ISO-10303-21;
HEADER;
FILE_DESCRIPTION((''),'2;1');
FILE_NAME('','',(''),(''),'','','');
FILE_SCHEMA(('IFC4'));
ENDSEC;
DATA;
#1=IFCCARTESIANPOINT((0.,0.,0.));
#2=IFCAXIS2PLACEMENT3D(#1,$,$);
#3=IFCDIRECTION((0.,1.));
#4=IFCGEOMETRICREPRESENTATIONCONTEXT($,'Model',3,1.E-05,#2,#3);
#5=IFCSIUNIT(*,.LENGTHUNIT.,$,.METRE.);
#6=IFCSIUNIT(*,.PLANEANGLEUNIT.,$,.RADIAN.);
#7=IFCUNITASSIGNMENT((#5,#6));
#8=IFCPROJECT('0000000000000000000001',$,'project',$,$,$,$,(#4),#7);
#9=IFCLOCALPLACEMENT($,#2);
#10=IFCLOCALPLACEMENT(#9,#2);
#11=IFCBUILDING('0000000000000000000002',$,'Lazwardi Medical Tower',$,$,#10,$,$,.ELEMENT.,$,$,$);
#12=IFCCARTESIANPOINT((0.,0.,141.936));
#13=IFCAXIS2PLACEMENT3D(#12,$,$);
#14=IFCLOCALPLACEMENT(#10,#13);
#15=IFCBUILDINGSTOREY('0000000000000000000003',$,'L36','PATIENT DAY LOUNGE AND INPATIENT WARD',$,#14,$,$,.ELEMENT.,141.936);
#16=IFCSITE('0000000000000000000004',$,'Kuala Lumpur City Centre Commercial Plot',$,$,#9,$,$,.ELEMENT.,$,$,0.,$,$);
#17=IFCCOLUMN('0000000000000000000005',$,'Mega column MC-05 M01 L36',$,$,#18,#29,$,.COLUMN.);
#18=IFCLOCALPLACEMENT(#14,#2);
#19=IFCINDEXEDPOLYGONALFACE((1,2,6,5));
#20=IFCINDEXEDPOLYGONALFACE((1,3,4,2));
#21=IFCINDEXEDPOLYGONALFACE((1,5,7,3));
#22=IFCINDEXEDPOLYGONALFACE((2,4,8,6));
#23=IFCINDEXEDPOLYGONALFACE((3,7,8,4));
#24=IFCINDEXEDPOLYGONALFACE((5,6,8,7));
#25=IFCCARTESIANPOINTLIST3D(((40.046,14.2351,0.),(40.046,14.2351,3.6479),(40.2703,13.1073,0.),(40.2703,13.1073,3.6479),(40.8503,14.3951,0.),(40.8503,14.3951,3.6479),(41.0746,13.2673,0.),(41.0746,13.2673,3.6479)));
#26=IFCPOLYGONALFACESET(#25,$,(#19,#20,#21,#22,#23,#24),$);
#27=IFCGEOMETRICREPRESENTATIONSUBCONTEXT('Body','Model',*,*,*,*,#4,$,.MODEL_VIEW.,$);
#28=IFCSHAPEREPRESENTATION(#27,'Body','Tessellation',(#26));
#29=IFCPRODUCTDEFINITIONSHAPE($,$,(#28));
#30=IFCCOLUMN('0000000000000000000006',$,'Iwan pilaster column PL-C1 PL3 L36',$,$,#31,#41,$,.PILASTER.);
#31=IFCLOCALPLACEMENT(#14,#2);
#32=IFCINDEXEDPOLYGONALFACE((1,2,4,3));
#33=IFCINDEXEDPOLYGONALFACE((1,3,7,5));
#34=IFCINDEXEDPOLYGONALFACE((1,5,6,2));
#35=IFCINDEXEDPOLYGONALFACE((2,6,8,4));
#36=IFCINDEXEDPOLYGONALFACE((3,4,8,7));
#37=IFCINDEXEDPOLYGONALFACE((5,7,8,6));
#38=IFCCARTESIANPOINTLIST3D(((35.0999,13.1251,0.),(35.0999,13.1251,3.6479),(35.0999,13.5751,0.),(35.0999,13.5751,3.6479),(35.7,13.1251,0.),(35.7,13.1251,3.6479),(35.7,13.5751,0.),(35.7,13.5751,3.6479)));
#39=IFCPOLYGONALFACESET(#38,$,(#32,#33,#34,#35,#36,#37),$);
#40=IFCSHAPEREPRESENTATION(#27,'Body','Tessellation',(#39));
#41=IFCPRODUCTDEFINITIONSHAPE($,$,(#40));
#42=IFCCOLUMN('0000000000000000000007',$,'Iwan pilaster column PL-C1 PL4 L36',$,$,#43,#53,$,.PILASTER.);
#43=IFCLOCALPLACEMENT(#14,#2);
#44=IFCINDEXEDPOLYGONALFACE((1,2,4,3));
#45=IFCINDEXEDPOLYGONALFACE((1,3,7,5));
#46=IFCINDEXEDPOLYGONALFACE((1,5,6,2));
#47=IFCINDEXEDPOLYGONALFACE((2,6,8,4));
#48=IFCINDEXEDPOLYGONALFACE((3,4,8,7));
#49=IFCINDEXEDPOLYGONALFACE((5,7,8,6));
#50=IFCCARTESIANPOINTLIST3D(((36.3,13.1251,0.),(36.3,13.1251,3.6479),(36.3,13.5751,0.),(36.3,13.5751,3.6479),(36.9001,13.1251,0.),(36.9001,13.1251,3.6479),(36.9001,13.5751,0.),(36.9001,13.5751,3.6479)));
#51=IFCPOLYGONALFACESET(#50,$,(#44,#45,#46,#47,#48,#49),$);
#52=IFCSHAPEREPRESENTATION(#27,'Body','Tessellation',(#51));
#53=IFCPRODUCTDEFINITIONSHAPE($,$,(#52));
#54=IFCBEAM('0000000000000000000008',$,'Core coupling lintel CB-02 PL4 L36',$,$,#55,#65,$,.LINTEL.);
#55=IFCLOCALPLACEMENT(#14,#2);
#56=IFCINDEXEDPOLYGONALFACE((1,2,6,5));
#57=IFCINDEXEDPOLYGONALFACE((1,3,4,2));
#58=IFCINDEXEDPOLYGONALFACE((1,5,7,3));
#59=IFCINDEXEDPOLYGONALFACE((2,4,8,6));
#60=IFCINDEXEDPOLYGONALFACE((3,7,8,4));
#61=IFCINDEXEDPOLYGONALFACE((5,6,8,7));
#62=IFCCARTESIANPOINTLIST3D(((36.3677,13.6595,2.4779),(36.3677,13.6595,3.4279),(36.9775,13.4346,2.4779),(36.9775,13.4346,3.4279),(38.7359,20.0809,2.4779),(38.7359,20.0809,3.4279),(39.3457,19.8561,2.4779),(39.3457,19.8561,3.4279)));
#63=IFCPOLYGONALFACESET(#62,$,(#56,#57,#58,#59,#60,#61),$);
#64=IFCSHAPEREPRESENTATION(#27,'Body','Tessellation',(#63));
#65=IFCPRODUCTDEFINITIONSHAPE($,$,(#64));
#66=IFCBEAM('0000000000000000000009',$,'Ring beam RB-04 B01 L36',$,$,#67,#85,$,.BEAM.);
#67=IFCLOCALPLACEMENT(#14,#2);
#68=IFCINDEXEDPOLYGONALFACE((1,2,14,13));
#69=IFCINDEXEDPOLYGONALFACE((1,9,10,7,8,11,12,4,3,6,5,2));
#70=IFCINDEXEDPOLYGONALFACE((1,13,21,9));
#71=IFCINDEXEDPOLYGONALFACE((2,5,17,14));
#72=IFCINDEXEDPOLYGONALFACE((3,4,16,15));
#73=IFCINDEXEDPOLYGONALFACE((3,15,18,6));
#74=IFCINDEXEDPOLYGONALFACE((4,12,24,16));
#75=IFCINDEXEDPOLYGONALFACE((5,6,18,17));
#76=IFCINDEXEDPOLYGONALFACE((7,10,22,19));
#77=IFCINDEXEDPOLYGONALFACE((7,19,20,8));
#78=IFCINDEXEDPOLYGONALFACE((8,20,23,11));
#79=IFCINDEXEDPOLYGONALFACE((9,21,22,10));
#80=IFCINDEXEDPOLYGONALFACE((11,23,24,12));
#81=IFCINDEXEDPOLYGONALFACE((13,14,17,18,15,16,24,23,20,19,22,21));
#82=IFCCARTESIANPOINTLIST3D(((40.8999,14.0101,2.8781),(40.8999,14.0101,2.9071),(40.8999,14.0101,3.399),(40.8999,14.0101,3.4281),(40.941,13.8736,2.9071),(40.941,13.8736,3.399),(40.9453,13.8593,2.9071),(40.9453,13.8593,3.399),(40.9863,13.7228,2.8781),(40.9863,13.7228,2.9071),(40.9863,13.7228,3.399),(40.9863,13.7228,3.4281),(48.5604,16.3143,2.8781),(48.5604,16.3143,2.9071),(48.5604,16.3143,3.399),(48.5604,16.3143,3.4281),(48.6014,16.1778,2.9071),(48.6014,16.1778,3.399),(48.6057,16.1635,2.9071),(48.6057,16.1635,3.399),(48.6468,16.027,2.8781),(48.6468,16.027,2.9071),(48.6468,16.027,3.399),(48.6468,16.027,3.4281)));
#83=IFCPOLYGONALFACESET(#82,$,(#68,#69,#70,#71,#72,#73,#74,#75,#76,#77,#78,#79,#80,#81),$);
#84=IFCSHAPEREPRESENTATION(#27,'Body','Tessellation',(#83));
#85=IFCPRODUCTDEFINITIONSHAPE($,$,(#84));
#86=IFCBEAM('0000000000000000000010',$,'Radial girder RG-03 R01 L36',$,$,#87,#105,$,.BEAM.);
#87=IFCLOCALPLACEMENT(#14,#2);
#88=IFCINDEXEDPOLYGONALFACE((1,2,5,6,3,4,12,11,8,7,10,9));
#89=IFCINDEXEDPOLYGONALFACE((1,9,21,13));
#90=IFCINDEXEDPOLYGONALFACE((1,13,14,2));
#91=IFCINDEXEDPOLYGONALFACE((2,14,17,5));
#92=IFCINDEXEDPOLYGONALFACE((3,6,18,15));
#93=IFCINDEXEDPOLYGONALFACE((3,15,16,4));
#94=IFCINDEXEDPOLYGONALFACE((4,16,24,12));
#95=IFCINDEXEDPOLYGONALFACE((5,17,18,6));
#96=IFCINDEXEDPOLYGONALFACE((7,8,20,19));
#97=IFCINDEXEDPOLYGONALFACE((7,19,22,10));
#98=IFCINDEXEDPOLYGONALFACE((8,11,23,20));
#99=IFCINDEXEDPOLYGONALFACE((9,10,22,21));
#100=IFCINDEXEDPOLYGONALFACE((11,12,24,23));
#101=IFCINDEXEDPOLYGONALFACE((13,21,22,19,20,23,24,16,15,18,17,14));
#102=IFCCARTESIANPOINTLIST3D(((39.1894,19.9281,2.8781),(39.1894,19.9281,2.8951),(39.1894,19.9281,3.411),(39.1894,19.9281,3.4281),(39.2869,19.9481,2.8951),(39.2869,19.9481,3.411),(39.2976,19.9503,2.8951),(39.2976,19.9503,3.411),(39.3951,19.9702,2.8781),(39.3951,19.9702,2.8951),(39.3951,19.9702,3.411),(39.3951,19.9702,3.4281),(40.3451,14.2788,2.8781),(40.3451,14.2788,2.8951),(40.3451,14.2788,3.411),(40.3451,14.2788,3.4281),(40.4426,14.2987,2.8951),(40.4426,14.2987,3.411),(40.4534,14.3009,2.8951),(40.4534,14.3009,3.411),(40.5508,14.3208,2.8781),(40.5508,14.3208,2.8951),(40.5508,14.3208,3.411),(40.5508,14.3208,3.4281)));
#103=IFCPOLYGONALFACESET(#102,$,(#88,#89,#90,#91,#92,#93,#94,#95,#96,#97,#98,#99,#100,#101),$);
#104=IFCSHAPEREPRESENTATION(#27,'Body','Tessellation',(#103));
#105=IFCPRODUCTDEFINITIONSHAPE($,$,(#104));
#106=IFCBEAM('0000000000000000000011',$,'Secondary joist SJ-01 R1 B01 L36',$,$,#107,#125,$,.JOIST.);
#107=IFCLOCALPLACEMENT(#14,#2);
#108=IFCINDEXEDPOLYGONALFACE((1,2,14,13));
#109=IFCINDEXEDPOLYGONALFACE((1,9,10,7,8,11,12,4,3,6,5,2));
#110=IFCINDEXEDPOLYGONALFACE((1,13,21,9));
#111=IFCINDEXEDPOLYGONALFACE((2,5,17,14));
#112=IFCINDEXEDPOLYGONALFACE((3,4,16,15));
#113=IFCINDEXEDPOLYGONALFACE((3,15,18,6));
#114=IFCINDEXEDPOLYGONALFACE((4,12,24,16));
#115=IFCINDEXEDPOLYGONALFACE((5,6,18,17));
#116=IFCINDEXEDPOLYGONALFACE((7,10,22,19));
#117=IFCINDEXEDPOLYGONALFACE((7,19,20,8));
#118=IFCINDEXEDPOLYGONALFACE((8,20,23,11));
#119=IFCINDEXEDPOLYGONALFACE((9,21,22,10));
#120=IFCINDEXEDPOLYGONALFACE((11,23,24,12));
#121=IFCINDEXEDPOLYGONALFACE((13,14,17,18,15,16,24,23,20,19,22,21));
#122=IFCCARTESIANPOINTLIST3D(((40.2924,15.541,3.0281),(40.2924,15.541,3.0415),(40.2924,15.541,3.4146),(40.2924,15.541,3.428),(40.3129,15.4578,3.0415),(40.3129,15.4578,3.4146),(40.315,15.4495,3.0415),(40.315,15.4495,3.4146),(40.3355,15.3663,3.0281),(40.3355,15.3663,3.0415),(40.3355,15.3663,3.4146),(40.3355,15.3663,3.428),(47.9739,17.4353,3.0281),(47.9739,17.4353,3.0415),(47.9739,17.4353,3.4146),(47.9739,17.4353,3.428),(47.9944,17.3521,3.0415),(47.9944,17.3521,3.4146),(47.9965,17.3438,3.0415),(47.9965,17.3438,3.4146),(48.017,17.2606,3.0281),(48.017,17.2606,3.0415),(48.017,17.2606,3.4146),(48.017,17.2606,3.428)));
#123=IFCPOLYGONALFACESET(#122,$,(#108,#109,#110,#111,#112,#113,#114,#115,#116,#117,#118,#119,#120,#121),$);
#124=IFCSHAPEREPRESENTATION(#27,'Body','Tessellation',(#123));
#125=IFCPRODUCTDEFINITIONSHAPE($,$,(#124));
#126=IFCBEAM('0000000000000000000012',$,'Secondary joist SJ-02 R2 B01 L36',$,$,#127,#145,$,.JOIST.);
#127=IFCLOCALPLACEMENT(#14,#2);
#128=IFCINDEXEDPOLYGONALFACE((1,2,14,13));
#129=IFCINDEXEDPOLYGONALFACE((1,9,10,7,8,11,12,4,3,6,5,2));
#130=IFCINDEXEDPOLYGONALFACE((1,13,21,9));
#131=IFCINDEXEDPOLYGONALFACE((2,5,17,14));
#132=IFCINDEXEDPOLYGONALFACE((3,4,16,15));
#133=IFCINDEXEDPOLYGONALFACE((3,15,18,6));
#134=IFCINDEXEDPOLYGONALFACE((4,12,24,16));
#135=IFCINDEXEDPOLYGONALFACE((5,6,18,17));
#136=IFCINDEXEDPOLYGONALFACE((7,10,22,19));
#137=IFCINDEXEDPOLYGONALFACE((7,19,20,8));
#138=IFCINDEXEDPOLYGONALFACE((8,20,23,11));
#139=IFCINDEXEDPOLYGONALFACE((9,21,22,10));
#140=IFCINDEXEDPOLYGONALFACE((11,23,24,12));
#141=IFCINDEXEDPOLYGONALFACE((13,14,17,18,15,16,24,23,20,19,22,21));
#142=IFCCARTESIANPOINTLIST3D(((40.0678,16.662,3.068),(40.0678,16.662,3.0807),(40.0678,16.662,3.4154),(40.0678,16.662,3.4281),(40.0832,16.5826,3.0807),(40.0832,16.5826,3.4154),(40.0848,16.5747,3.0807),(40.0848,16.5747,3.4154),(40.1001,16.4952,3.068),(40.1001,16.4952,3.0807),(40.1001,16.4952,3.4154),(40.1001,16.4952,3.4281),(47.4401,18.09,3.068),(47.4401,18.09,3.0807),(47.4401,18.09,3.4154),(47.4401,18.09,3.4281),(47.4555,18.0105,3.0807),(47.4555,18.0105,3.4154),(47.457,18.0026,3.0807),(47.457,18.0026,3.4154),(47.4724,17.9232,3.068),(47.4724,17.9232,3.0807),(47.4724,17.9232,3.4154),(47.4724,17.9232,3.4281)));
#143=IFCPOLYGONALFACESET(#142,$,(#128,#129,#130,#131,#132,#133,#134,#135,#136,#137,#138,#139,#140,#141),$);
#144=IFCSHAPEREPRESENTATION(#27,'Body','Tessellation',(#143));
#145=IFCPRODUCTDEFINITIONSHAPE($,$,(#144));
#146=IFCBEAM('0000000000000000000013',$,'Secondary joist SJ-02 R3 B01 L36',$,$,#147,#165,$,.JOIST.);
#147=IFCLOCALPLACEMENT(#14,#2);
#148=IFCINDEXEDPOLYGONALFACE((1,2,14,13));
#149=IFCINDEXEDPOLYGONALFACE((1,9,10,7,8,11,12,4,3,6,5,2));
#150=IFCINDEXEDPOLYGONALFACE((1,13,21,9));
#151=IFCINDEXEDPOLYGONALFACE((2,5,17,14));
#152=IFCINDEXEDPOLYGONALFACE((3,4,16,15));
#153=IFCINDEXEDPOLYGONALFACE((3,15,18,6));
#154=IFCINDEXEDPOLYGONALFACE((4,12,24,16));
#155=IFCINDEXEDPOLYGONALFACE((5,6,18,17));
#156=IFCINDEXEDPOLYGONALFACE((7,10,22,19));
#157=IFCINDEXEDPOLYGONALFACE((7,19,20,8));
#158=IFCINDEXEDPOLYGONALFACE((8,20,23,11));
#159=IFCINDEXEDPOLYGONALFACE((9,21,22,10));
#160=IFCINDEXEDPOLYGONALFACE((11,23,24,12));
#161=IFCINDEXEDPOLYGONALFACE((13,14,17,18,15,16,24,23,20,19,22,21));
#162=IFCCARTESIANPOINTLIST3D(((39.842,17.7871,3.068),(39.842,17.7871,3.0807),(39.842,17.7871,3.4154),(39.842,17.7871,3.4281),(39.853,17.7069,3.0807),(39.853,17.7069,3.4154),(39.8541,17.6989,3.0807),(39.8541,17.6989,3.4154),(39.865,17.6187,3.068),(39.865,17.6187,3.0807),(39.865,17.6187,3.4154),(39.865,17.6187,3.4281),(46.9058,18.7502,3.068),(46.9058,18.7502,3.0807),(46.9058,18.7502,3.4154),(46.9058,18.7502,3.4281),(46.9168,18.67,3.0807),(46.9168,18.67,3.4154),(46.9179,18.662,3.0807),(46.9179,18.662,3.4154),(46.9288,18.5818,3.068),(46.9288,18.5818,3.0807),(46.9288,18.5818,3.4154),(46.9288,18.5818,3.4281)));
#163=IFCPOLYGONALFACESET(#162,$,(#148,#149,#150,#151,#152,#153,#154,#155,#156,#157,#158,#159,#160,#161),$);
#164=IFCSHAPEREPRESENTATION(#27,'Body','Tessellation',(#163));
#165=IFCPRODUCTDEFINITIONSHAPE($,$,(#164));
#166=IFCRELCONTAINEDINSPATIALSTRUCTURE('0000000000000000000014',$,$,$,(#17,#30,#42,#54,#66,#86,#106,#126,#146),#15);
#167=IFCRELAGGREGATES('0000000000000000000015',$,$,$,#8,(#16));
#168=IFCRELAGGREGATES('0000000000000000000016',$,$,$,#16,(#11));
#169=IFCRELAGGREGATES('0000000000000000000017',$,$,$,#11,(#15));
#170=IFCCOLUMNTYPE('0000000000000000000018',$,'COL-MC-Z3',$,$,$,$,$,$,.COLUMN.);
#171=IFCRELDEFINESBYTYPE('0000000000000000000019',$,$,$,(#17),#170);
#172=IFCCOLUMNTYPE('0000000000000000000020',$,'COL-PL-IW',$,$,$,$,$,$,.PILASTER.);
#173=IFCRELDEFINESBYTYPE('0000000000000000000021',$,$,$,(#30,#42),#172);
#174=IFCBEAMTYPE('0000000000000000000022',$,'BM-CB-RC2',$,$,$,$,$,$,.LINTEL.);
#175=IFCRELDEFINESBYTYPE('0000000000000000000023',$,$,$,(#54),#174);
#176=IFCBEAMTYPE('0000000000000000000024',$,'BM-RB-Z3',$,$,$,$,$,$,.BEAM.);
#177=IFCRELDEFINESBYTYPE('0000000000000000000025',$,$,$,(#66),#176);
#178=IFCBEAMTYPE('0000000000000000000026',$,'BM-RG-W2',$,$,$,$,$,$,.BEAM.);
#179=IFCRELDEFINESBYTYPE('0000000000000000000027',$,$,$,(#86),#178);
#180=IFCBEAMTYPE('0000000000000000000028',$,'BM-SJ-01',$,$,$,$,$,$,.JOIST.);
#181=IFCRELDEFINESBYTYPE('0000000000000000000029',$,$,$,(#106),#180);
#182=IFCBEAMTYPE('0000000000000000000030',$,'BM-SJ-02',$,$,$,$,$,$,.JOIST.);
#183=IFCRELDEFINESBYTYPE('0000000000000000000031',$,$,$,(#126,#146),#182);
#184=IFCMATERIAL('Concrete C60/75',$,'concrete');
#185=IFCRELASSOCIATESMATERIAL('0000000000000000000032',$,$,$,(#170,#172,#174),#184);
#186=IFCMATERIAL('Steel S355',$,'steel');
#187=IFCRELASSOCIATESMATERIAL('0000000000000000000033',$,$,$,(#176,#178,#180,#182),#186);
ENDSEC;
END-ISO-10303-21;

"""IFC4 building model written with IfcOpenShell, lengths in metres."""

from ifc_helpers import new_model, si_unit, direction, frame, origin, origin_2d, place, context, subcontext, project, spatial, rectangle, i_section, extrude, material, material_profile, profile_set, type_object, element, save


model = new_model("IFC4")

# Units and contexts
model_context = context("Model", 3, precision=1e-05, world=origin(), true_north=direction((0.0, 1.0)))
body_context = subcontext(model_context, "Body", "Model", "MODEL_VIEW")
ifc_project = project(units=[si_unit("LENGTHUNIT", "METRE"), si_unit("PLANEANGLEUNIT", "RADIAN")], contexts=[model_context])

# Site, building, storey
site_placement = place(None, origin())
site = spatial("IfcSite", under=ifc_project, at=site_placement, Name="Kuala Lumpur City Centre Commercial Plot", CompositionType="ELEMENT", RefElevation=0.0)
building_placement = place(site_placement, origin())
building = spatial("IfcBuilding", under=site, at=building_placement, Name="Lazwardi Medical Tower", CompositionType="ELEMENT")
storey_placement = place(building_placement, frame((0.0, 0.0, 141.936)))
storey = spatial("IfcBuildingStorey", under=building, at=storey_placement, Name="L36", Description="PATIENT DAY LOUNGE AND INPATIENT WARD", CompositionType="ELEMENT", Elevation=141.936)

# Columns
ifc_material_1 = material(Name="Concrete C60/75", Category="concrete")
ifc_material_profile_1 = material_profile(ifc_material_1, rectangle(XDim=1.1499, YDim=0.8201, at=origin_2d()), Name="CFT-RECT 1150x820")
ifc_profile_set_1 = profile_set([ifc_material_profile_1], Name="Concrete C60/75")
column_type_1 = type_object("IfcColumnType", Name="COL-MC-Z3", PredefinedType="COLUMN", material=ifc_profile_set_1)
column_placement = place(storey_placement, frame((40.5603, 13.7512, 0.0), z_axis=(0.0, 0.0, 1.0), x_axis=(0.19509, -0.980785, 0.0)))
element("IfcColumn", 1, at=column_placement, inside=storey, type_object=column_type_1, Name="Mega column MC-05 M01 L36", PredefinedType="COLUMN", context=body_context, shape_type="SweptSolid", body=[
    extrude(rectangle(XDim=1.1499, YDim=0.8201, at=origin_2d()), origin(), (0.0, 0.0, 1.0), 3.6479),
])
ifc_material_profile_2 = material_profile(ifc_material_1, rectangle(XDim=0.6001, YDim=0.45, at=origin_2d()), Name="RC 600x450")
ifc_profile_set_2 = profile_set([ifc_material_profile_2], Name="Concrete C60/75")
column_type_2 = type_object("IfcColumnType", Name="COL-PL-IW", PredefinedType="PILASTER", material=ifc_profile_set_2)
for number, where, z_axis, x_axis, name in (
    (2, (35.3999, 13.3501, 0.0), (0.0, 0.0, 1.0), (1.0, 0.0, 0.0), "Iwan pilaster column PL-C1 PL3 L36"),
    (3, (36.6001, 13.3501, 0.0), (0.0, 0.0, 1.0), (1.0, 0.0, 0.0), "Iwan pilaster column PL-C1 PL4 L36"),
):
    element("IfcColumn", number, at=place(storey_placement, frame(where, z_axis=z_axis, x_axis=x_axis)), inside=storey, type_object=column_type_2, Name=name, PredefinedType="PILASTER", context=body_context, shape_type="SweptSolid", body=[
        extrude(rectangle(XDim=0.6001, YDim=0.45, at=origin_2d()), origin(), (0.0, 0.0, 1.0), 3.6479),
    ])

# Beams
ifc_material_profile_3 = material_profile(ifc_material_1, rectangle(XDim=0.6499, YDim=0.95, at=origin_2d()), Name="RC 650x950")
ifc_profile_set_3 = profile_set([ifc_material_profile_3], Name="Concrete C60/75")
beam_type_1 = type_object("IfcBeamType", Name="BM-CB-RC2", PredefinedType="LINTEL", material=ifc_profile_set_3)
beam_1_placement = place(storey_placement, frame((39.0408, 19.9685, 2.9529), z_axis=(-0.346013, -0.93823, 0.0), x_axis=(0.93823, -0.346013, 0.0)))
element("IfcBeam", 4, at=beam_1_placement, inside=storey, type_object=beam_type_1, Name="Core coupling lintel CB-02 PL4 L36", PredefinedType="LINTEL", context=body_context, shape_type="SweptSolid", body=[
    extrude(rectangle(XDim=0.6499, YDim=0.95, at=origin_2d()), origin(), (0.0, 0.0, 1.0), 6.8442),
])
ifc_material_2 = material(Name="Steel S355", Category="steel")
ifc_material_profile_4 = material_profile(ifc_material_2, i_section(OverallWidth=0.3, OverallDepth=0.55, WebThickness=0.0149, FlangeThickness=0.0291, at=origin_2d()), Name="HEB 550")
ifc_profile_set_4 = profile_set([ifc_material_profile_4], Name="Steel S355")
beam_type_2 = type_object("IfcBeamType", Name="BM-RB-Z3", PredefinedType="BEAM", material=ifc_profile_set_4)
beam_2_placement = place(storey_placement, frame((40.9431, 13.8665, 3.1531), z_axis=(0.957617, 0.288045, 0.0), x_axis=(-0.288045, 0.957617, 0.0)))
element("IfcBeam", 5, at=beam_2_placement, inside=storey, type_object=beam_type_2, Name="Ring beam RB-04 B01 L36", PredefinedType="BEAM", context=body_context, shape_type="SweptSolid", body=[
    extrude(i_section(OverallWidth=0.3, OverallDepth=0.55, WebThickness=0.0149, FlangeThickness=0.0291, at=origin_2d()), origin(), (0.0, 0.0, 1.0), 7.9995),
])
ifc_material_profile_5 = material_profile(ifc_material_2, i_section(OverallWidth=0.21, OverallDepth=0.55, WebThickness=0.011, FlangeThickness=0.0171, at=origin_2d()), Name="IPE 550")
ifc_profile_set_5 = profile_set([ifc_material_profile_5], Name="Steel S355")
beam_type_3 = type_object("IfcBeamType", Name="BM-RG-W2", PredefinedType="BEAM", material=ifc_profile_set_5)
beam_3_placement = place(storey_placement, frame((40.448, 14.2998, 3.1531), z_axis=(-0.200429, 0.979708, 0.0), x_axis=(-0.979708, -0.200429, 0.0)))
element("IfcBeam", 6, at=beam_3_placement, inside=storey, type_object=beam_type_3, Name="Radial girder RG-03 R01 L36", PredefinedType="BEAM", context=body_context, shape_type="SweptSolid", body=[
    extrude(i_section(OverallWidth=0.21, OverallDepth=0.55, WebThickness=0.011, FlangeThickness=0.0171, at=origin_2d()), origin(), (0.0, 0.0, 1.0), 5.7664),
])
ifc_material_profile_6 = material_profile(ifc_material_2, i_section(OverallWidth=0.1799, OverallDepth=0.3999, WebThickness=0.0085, FlangeThickness=0.0134, at=origin_2d()), Name="IPE 400")
ifc_profile_set_6 = profile_set([ifc_material_profile_6], Name="Steel S355")
beam_type_4 = type_object("IfcBeamType", Name="BM-SJ-01", PredefinedType="JOIST", material=ifc_profile_set_6)
beam_4_placement = place(storey_placement, frame((40.314, 15.4536, 3.228), z_axis=(0.970913, 0.239434, 0.0), x_axis=(-0.239434, 0.970913, 0.0)))
element("IfcBeam", 7, at=beam_4_placement, inside=storey, type_object=beam_type_4, Name="Secondary joist SJ-01 R1 B01 L36", PredefinedType="JOIST", context=body_context, shape_type="SweptSolid", body=[
    extrude(i_section(OverallWidth=0.1799, OverallDepth=0.3999, WebThickness=0.0085, FlangeThickness=0.0134, at=origin_2d()), origin(), (0.0, 0.0, 1.0), 7.9116),
])
ifc_material_profile_7 = material_profile(ifc_material_2, i_section(OverallWidth=0.1699, OverallDepth=0.3601, WebThickness=0.0081, FlangeThickness=0.0127, at=origin_2d()), Name="IPE 360")
ifc_profile_set_7 = profile_set([ifc_material_profile_7], Name="Steel S355")
beam_type_5 = type_object("IfcBeamType", Name="BM-SJ-02", PredefinedType="JOIST", material=ifc_profile_set_7)
beam_5_placement = place(storey_placement, frame((40.084, 16.5786, 3.248), z_axis=(0.981753, 0.19016, 0.0), x_axis=(-0.19016, 0.981753, 0.0)))
element("IfcBeam", 8, at=beam_5_placement, inside=storey, type_object=beam_type_5, Name="Secondary joist SJ-02 R2 B01 L36", PredefinedType="JOIST", context=body_context, shape_type="SweptSolid", body=[
    extrude(i_section(OverallWidth=0.1699, OverallDepth=0.3601, WebThickness=0.0081, FlangeThickness=0.0127, at=origin_2d()), origin(), (0.0, 0.0, 1.0), 7.5093),
])
beam_6_placement = place(storey_placement, frame((39.8535, 17.7029, 3.248), z_axis=(0.990832, 0.135099, 0.0), x_axis=(-0.135099, 0.990832, 0.0)))
element("IfcBeam", 9, at=beam_6_placement, inside=storey, type_object=beam_type_5, Name="Secondary joist SJ-02 R3 B01 L36", PredefinedType="JOIST", context=body_context, shape_type="SweptSolid", body=[
    extrude(i_section(OverallWidth=0.1699, OverallDepth=0.3601, WebThickness=0.0081, FlangeThickness=0.0127, at=origin_2d()), origin(), (0.0, 0.0, 1.0), 7.1292),
])

save(model, "model.ifc")
